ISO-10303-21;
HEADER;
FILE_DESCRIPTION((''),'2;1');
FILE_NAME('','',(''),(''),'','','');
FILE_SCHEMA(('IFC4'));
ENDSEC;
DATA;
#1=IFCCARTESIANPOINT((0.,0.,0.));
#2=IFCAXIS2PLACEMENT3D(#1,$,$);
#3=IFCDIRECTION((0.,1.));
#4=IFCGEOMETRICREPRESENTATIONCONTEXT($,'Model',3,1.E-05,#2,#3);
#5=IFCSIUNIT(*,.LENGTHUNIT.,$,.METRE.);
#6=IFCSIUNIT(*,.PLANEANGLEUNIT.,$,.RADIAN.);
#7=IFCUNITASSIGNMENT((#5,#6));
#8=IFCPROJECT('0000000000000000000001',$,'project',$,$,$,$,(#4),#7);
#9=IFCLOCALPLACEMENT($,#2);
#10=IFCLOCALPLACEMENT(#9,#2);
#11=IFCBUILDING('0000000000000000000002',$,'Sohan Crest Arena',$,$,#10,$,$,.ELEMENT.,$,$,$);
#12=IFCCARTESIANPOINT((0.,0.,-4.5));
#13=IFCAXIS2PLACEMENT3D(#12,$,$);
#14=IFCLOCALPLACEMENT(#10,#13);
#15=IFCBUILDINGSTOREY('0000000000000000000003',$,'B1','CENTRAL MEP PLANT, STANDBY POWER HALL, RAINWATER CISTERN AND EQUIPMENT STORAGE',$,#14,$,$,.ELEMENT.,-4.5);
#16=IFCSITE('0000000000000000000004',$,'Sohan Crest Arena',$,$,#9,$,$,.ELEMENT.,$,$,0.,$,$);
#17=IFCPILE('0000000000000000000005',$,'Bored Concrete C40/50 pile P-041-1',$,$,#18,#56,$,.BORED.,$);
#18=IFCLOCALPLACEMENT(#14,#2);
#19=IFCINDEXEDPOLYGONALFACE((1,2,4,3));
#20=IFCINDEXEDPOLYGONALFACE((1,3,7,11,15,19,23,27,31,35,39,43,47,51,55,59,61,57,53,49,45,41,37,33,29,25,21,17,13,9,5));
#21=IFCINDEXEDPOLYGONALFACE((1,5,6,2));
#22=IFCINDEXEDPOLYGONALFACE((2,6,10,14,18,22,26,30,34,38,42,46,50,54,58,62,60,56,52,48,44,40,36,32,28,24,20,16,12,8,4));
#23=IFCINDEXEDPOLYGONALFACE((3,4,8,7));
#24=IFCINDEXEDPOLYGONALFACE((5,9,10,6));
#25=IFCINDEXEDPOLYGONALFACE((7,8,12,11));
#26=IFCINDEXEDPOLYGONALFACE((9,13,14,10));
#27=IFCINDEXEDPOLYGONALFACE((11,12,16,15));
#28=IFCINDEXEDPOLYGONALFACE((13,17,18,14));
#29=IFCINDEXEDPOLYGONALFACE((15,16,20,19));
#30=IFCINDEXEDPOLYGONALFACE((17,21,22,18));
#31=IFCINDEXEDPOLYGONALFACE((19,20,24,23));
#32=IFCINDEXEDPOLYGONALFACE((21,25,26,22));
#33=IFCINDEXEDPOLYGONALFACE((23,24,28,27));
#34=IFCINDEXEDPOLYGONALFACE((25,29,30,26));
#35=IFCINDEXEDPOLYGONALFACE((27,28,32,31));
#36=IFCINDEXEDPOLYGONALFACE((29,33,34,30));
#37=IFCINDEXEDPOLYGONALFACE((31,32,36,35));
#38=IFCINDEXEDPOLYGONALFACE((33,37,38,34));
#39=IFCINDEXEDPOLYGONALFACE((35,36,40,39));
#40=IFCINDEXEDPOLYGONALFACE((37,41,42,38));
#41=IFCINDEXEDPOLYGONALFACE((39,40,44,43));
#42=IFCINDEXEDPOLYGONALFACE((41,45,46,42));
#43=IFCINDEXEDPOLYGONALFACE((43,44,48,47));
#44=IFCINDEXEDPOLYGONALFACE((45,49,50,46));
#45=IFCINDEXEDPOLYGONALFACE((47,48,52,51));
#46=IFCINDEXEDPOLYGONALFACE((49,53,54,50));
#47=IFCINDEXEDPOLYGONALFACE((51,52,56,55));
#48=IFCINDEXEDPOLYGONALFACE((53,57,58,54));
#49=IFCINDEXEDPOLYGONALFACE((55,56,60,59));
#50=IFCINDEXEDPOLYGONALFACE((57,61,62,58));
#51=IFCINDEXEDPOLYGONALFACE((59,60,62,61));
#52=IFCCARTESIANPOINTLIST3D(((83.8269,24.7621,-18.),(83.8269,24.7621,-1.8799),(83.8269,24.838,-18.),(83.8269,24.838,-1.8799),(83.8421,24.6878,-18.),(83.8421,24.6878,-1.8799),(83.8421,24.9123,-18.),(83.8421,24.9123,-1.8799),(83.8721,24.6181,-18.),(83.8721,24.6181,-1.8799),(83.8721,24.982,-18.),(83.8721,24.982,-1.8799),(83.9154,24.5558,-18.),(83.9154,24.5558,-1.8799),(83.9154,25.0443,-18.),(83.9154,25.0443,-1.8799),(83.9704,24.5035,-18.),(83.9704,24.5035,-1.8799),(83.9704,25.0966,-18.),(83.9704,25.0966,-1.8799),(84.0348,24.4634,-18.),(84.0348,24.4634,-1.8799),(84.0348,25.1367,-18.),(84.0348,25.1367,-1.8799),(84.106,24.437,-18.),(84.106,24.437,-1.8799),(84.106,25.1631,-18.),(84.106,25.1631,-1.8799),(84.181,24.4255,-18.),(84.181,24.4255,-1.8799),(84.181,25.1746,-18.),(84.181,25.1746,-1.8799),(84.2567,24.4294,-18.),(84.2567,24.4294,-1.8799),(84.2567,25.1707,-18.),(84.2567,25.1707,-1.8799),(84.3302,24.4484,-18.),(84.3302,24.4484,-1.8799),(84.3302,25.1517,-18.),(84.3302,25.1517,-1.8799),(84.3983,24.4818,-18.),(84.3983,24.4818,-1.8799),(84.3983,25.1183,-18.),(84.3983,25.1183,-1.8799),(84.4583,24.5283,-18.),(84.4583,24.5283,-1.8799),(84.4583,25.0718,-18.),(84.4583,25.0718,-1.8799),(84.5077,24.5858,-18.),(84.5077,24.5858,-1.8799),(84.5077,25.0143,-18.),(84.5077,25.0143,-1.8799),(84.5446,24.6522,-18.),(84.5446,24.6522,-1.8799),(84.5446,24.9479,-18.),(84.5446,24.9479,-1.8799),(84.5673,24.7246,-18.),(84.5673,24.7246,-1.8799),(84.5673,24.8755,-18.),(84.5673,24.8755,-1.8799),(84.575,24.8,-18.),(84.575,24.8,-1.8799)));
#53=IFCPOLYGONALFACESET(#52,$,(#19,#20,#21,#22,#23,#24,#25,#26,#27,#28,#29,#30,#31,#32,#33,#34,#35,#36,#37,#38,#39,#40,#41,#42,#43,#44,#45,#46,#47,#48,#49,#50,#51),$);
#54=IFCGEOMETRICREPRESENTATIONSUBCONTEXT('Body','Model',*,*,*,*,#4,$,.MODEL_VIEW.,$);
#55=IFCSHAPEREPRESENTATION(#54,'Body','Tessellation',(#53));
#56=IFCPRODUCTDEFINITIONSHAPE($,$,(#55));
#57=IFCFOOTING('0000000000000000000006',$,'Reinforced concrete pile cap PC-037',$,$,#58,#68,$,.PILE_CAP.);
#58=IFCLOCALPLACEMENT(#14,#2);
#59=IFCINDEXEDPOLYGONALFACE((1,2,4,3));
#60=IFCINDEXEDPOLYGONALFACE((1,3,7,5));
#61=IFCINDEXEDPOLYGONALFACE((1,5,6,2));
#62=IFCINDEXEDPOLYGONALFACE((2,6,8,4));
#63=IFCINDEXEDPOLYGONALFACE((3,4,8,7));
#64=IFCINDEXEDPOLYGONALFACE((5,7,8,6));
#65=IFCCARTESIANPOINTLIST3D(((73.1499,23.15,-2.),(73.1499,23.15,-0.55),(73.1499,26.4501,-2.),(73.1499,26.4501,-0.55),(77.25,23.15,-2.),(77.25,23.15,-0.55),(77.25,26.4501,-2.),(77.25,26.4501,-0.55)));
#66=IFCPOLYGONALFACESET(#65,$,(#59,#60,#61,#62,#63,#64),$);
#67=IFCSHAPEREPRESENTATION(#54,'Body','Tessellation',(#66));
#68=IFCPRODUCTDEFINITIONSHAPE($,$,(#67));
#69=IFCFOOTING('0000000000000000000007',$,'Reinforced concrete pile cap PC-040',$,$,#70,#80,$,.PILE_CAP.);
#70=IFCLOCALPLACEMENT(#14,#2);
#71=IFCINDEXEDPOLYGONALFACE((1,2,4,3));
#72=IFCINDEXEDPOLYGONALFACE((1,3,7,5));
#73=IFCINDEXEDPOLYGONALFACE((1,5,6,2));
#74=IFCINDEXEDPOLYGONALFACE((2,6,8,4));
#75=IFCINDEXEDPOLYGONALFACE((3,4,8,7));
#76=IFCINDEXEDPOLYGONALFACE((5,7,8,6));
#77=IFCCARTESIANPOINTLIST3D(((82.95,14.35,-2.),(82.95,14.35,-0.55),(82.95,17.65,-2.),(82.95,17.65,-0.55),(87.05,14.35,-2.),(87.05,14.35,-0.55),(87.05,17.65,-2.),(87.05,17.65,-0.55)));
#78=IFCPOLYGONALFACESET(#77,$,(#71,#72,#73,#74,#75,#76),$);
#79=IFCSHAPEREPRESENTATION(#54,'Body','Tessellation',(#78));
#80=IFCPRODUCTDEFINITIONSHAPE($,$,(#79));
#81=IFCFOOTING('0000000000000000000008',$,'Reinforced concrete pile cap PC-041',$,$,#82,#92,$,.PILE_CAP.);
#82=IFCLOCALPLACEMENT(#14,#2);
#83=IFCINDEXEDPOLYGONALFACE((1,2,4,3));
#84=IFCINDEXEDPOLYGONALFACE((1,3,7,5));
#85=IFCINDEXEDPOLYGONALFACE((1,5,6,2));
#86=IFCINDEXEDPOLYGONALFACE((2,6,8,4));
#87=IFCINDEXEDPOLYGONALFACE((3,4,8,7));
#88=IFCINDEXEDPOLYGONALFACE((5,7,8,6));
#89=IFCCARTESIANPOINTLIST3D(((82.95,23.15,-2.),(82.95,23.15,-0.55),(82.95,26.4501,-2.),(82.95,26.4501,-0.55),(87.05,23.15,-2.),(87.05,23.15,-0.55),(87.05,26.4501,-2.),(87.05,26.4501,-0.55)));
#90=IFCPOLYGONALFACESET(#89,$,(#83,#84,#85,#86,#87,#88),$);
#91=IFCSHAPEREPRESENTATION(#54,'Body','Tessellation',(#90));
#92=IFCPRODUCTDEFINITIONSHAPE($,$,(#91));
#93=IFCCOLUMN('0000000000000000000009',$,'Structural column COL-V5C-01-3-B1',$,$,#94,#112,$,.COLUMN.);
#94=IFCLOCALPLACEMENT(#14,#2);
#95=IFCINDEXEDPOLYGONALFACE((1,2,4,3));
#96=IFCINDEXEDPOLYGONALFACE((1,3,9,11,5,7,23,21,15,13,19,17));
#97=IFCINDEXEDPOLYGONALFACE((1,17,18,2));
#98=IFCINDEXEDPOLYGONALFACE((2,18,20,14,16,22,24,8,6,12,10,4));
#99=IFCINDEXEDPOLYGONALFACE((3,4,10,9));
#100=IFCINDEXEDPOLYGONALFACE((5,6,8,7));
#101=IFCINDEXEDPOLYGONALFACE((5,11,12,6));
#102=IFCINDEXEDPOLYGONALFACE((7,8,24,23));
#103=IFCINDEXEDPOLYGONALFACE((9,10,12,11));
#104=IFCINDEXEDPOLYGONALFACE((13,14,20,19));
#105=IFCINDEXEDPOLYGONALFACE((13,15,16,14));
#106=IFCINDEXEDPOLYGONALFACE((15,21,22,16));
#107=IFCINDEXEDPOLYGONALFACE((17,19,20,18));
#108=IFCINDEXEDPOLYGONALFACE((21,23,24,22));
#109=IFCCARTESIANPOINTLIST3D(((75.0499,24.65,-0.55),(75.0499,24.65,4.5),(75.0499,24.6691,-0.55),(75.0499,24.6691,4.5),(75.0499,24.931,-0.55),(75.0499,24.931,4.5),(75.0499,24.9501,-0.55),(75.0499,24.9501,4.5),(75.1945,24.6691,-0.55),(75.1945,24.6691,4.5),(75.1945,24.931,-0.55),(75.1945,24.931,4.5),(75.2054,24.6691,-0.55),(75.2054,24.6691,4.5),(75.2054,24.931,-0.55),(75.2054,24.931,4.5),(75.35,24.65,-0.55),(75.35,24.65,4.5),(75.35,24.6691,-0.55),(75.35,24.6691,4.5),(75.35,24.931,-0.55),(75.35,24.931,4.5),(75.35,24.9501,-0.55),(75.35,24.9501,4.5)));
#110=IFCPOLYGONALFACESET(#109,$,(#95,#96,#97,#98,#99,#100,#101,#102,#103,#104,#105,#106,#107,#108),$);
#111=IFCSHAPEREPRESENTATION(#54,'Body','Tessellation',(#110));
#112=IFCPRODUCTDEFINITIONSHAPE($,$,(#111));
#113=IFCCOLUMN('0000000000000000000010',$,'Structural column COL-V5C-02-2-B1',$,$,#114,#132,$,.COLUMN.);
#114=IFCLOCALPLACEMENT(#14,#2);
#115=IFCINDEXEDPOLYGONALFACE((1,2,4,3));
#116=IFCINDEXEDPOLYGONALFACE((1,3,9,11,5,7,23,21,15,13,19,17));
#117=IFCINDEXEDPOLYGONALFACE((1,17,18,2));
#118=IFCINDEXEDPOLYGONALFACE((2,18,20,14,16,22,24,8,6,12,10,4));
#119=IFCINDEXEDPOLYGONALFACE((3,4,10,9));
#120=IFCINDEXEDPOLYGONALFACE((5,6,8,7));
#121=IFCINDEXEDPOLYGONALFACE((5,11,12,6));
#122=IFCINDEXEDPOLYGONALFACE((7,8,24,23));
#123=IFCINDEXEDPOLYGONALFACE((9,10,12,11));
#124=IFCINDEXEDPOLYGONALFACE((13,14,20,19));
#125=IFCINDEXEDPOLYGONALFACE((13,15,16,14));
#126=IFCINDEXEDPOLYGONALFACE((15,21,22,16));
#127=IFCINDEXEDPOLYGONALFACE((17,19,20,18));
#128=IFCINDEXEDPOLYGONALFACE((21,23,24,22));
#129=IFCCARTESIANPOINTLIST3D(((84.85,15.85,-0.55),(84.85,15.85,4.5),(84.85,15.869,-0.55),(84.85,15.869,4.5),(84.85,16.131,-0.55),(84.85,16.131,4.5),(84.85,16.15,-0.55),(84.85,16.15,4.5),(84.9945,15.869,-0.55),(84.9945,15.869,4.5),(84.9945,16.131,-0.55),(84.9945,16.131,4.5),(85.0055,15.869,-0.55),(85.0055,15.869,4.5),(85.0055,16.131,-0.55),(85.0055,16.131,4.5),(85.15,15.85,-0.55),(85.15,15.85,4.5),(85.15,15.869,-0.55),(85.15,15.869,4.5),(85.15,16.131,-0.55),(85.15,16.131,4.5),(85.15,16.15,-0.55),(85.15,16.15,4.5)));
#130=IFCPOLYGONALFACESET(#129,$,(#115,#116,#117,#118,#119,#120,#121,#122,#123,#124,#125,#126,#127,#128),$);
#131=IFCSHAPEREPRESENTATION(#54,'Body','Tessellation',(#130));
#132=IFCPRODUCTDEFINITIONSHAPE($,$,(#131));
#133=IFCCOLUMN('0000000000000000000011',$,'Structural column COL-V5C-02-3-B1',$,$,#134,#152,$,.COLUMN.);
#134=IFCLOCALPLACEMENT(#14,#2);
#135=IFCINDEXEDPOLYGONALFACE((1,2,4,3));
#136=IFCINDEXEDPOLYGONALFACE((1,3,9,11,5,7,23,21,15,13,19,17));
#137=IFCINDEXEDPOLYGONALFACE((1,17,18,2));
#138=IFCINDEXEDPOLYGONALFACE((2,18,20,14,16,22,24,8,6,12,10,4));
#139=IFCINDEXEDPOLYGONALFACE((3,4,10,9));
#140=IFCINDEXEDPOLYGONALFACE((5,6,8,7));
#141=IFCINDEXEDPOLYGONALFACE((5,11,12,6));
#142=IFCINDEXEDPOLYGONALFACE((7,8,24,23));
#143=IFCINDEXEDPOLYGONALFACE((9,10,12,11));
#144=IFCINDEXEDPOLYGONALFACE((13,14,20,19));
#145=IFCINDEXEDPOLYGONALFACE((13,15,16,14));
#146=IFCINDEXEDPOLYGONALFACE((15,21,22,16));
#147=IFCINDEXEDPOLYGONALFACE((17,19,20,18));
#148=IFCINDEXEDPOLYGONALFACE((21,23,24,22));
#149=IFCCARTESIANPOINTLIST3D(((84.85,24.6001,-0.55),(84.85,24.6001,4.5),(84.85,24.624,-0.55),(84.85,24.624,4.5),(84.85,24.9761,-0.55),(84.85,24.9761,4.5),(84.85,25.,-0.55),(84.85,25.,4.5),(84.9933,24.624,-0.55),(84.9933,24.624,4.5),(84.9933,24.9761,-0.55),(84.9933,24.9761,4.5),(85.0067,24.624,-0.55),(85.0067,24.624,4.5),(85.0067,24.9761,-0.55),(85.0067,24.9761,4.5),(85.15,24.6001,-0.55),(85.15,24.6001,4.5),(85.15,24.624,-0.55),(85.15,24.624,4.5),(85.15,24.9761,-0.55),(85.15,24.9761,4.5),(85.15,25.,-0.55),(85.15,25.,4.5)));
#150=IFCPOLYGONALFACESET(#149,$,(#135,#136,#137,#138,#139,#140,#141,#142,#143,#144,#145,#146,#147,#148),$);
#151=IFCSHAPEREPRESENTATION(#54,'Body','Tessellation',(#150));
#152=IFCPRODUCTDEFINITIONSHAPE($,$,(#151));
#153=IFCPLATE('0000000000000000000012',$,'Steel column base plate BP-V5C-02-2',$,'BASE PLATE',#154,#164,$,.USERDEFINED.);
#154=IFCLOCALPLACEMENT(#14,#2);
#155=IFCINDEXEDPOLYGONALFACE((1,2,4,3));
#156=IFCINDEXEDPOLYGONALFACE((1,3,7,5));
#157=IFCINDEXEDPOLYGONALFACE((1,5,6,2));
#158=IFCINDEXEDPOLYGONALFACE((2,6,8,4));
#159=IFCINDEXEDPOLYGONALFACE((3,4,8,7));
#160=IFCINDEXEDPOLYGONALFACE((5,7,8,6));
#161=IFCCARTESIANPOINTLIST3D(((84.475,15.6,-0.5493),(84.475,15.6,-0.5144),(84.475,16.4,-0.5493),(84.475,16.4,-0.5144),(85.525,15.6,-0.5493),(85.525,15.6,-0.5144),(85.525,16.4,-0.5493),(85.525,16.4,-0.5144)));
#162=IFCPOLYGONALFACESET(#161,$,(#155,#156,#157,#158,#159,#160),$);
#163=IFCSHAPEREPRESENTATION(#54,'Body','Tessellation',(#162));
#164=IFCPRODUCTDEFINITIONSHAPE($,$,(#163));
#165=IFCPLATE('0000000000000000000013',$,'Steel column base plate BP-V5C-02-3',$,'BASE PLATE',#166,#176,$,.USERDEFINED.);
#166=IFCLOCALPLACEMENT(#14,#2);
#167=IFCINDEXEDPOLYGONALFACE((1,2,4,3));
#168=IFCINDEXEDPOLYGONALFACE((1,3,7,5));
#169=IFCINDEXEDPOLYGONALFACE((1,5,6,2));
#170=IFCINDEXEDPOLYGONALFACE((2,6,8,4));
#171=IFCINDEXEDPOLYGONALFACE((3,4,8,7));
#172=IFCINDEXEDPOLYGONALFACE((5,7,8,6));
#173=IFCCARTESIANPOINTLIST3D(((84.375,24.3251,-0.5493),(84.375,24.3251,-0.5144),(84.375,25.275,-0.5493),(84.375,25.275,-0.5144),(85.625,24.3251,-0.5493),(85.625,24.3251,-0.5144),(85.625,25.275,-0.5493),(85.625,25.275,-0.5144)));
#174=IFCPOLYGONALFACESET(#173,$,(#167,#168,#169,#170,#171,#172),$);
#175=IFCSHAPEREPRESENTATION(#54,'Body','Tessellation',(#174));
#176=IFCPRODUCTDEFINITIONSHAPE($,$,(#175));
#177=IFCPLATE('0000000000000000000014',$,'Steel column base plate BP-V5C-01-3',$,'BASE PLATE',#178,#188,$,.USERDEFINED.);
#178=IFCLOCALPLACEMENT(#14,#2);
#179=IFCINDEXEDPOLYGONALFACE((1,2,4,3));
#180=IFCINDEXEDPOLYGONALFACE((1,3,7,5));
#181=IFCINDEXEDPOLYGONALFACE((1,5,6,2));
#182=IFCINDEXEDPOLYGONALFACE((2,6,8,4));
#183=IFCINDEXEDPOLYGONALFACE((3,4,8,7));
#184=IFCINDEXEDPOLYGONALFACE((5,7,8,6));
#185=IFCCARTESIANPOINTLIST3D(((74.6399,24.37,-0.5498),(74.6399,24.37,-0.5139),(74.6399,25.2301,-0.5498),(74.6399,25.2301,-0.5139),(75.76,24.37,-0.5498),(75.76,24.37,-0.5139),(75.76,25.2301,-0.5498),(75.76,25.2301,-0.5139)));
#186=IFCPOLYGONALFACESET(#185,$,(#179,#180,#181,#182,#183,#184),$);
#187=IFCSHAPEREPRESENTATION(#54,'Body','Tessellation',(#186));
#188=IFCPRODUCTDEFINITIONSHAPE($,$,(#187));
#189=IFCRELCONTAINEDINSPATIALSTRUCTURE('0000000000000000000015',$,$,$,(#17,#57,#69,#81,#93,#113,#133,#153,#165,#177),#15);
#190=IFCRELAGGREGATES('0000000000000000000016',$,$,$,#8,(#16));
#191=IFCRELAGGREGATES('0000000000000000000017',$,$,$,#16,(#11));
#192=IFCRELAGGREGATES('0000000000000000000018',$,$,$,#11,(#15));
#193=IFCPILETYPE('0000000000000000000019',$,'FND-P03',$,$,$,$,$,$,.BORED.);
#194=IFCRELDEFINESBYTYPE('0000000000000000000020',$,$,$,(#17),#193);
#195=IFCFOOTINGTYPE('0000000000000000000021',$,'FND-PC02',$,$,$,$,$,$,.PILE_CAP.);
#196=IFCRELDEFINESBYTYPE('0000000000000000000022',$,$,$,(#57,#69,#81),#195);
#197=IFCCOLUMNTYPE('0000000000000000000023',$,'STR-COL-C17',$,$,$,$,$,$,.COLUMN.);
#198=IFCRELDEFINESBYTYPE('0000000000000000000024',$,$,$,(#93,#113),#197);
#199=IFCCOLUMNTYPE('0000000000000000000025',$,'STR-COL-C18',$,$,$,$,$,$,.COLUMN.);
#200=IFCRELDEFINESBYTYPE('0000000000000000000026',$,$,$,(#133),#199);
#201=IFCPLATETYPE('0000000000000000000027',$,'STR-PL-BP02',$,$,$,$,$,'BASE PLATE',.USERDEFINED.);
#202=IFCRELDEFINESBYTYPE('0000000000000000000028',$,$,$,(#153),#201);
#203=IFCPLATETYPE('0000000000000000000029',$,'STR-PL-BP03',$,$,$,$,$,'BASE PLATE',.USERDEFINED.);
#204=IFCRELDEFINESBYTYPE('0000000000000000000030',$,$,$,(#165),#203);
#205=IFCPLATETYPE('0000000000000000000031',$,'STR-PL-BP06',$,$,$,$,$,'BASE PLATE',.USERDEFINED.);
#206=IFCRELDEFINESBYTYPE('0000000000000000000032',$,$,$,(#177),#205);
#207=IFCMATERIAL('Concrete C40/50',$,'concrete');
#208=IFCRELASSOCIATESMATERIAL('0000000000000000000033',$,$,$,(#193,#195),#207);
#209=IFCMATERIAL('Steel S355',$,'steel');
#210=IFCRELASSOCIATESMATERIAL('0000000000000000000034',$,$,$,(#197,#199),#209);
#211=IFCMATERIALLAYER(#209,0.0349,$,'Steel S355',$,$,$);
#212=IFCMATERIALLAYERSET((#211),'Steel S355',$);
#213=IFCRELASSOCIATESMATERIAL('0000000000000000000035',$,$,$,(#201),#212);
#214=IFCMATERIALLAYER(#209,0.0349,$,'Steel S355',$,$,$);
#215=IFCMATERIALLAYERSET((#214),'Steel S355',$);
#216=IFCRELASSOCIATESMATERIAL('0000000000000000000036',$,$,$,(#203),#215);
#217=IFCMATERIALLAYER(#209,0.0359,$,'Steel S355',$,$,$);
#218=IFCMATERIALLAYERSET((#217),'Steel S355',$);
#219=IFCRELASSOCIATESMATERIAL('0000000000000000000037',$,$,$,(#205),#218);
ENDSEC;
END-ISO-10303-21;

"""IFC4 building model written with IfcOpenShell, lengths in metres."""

from ifc_helpers import new_model, si_unit, direction, frame, origin, origin_2d, place, context, subcontext, project, spatial, rectangle, circle, i_section, extrude, material, layer, layer_set, material_profile, profile_set, type_object, element, save


model = new_model("IFC4")

# Units and contexts
model_context = context("Model", 3, precision=1e-05, world=origin(), true_north=direction((0.0, 1.0)))
body_context = subcontext(model_context, "Body", "Model", "MODEL_VIEW")
ifc_project = project(units=[si_unit("LENGTHUNIT", "METRE"), si_unit("PLANEANGLEUNIT", "RADIAN")], contexts=[model_context])

# Site, building, storey
site_placement = place(None, origin())
site = spatial("IfcSite", under=ifc_project, at=site_placement, Name="Sohan Crest Arena", CompositionType="ELEMENT", RefElevation=0.0)
building_placement = place(site_placement, origin())
building = spatial("IfcBuilding", under=site, at=building_placement, Name="Sohan Crest Arena", CompositionType="ELEMENT")
storey_placement = place(building_placement, frame((0.0, 0.0, -4.5)))
storey = spatial("IfcBuildingStorey", under=building, at=storey_placement, Name="B1", Description="CENTRAL MEP PLANT, STANDBY POWER HALL, RAINWATER CISTERN AND EQUIPMENT STORAGE", CompositionType="ELEMENT", Elevation=-4.5)

# Shared definitions
ifc_material_1 = material(Name="Concrete C40/50", Category="concrete")

# Pile
ifc_material_profile_1 = material_profile(ifc_material_1, circle(Radius=0.375, at=origin_2d()), Name="PILE D750")
ifc_profile_set_1 = profile_set([ifc_material_profile_1], Name="Concrete C40/50")
pile_type = type_object("IfcPileType", Name="FND-P03", PredefinedType="BORED", material=ifc_profile_set_1)
for number, where, z_axis, x_axis, name in (
    (1, (84.2, 24.8, -18.0), (0.0, 0.0, 1.0), (1.0, 0.0, 0.0), "Bored Concrete C40/50 pile P-041-1"),
):
    element("IfcPile", number, at=place(storey_placement, frame(where, z_axis=z_axis, x_axis=x_axis)), inside=storey, type_object=pile_type, Name=name, PredefinedType="BORED", context=body_context, shape_type="SweptSolid", body=[
        extrude(circle(Radius=0.375, at=origin_2d()), origin(), (0.0, 0.0, 1.0), 16.1201),
    ])

# Footings
footing_type_1 = type_object("IfcFootingType", Name="FND-PC02", PredefinedType="PILE_CAP", material=ifc_material_1)
for number, where, z_axis, x_axis, name in (
    (2, (75.2, 24.8, -2.0), (0.0, 0.0, 1.0), (1.0, 0.0, 0.0), "Reinforced concrete pile cap PC-037"),
    (3, (85.0, 16.0, -2.0), (0.0, 0.0, 1.0), (1.0, 0.0, 0.0), "Reinforced concrete pile cap PC-040"),
    (4, (85.0, 24.8, -2.0), (0.0, 0.0, 1.0), (1.0, 0.0, 0.0), "Reinforced concrete pile cap PC-041"),
):
    element("IfcFooting", number, at=place(storey_placement, frame(where, z_axis=z_axis, x_axis=x_axis)), inside=storey, type_object=footing_type_1, Name=name, PredefinedType="PILE_CAP", context=body_context, shape_type="SweptSolid", body=[
        extrude(rectangle(XDim=4.1001, YDim=3.3, at=origin_2d()), origin(), (0.0, 0.0, 1.0), 1.45),
    ])

# Columns
ifc_material_2 = material(Name="Steel S355", Category="steel")
ifc_material_profile_2 = material_profile(ifc_material_2, i_section(OverallWidth=0.3, OverallDepth=0.3, WebThickness=0.011, FlangeThickness=0.019, at=origin_2d()), Name="HEB 300")
ifc_profile_set_2 = profile_set([ifc_material_profile_2], Name="Steel S355")
column_type_1 = type_object("IfcColumnType", Name="STR-COL-C17", PredefinedType="COLUMN", material=ifc_profile_set_2)
for number, where, z_axis, x_axis, name in (
    (5, (75.2, 24.8, -0.55), (0.0, 0.0, 1.0), (1.0, 0.0, 0.0), "Structural column COL-V5C-01-3-B1"),
    (6, (85.0, 16.0, -0.55), (0.0, 0.0, 1.0), (1.0, 0.0, 0.0), "Structural column COL-V5C-02-2-B1"),
):
    element("IfcColumn", number, at=place(storey_placement, frame(where, z_axis=z_axis, x_axis=x_axis)), inside=storey, type_object=column_type_1, Name=name, PredefinedType="COLUMN", context=body_context, shape_type="SweptSolid", body=[
        extrude(i_section(OverallWidth=0.3, OverallDepth=0.3, WebThickness=0.011, FlangeThickness=0.019, at=origin_2d()), origin(), (0.0, 0.0, 1.0), 5.05),
    ])
ifc_material_profile_3 = material_profile(ifc_material_2, i_section(OverallWidth=0.3, OverallDepth=0.3999, WebThickness=0.0134, FlangeThickness=0.0239, at=origin_2d()), Name="HEB 400")
ifc_profile_set_3 = profile_set([ifc_material_profile_3], Name="Steel S355")
column_type_2 = type_object("IfcColumnType", Name="STR-COL-C18", PredefinedType="COLUMN", material=ifc_profile_set_3)
column_placement = place(storey_placement, frame((85.0, 24.8, -0.55), z_axis=(0.0, 0.0, 1.0), x_axis=(1.0, 0.0, 0.0)))
element("IfcColumn", 7, at=column_placement, inside=storey, type_object=column_type_2, Name="Structural column COL-V5C-02-3-B1", PredefinedType="COLUMN", context=body_context, shape_type="SweptSolid", body=[
    extrude(i_section(OverallWidth=0.3, OverallDepth=0.3999, WebThickness=0.0134, FlangeThickness=0.0239, at=origin_2d()), origin(), (0.0, 0.0, 1.0), 5.05),
])

# Plates
ifc_layer_1 = layer(ifc_material_2, 0.0349, Name="Steel S355")
ifc_layer_set_1 = layer_set([ifc_layer_1], Name="Steel S355")
plate_type_1 = type_object("IfcPlateType", Name="STR-PL-BP02", ElementType="BASE PLATE", PredefinedType="USERDEFINED", material=ifc_layer_set_1)
plate_1_placement = place(storey_placement, frame((85.0, 16.0, -0.5493), z_axis=(0.0, 0.0, 1.0), x_axis=(1.0, 0.0, 0.0)))
element("IfcPlate", 8, at=plate_1_placement, inside=storey, type_object=plate_type_1, Name="Steel column base plate BP-V5C-02-2", ObjectType="BASE PLATE", PredefinedType="USERDEFINED", context=body_context, shape_type="SweptSolid", body=[
    extrude(rectangle(XDim=1.05, YDim=0.8, at=origin_2d()), origin(), (0.0, 0.0, 1.0), 0.0349),
])
ifc_layer_2 = layer(ifc_material_2, 0.0349, Name="Steel S355")
ifc_layer_set_2 = layer_set([ifc_layer_2], Name="Steel S355")
plate_type_2 = type_object("IfcPlateType", Name="STR-PL-BP03", ElementType="BASE PLATE", PredefinedType="USERDEFINED", material=ifc_layer_set_2)
plate_2_placement = place(storey_placement, frame((85.0, 24.8, -0.5493), z_axis=(0.0, 0.0, 1.0), x_axis=(1.0, 0.0, 0.0)))
element("IfcPlate", 9, at=plate_2_placement, inside=storey, type_object=plate_type_2, Name="Steel column base plate BP-V5C-02-3", ObjectType="BASE PLATE", PredefinedType="USERDEFINED", context=body_context, shape_type="SweptSolid", body=[
    extrude(rectangle(XDim=1.25, YDim=0.95, at=origin_2d()), origin(), (0.0, 0.0, 1.0), 0.0349),
])
ifc_layer_3 = layer(ifc_material_2, 0.0359, Name="Steel S355")
ifc_layer_set_3 = layer_set([ifc_layer_3], Name="Steel S355")
plate_type_3 = type_object("IfcPlateType", Name="STR-PL-BP06", ElementType="BASE PLATE", PredefinedType="USERDEFINED", material=ifc_layer_set_3)
plate_3_placement = place(storey_placement, frame((75.2, 24.8, -0.5498), z_axis=(0.0, 0.0, 1.0), x_axis=(1.0, 0.0, 0.0)))
element("IfcPlate", 10, at=plate_3_placement, inside=storey, type_object=plate_type_3, Name="Steel column base plate BP-V5C-01-3", ObjectType="BASE PLATE", PredefinedType="USERDEFINED", context=body_context, shape_type="SweptSolid", body=[
    extrude(rectangle(XDim=1.1201, YDim=0.8601, at=origin_2d()), origin(), (0.0, 0.0, 1.0), 0.0359),
])

save(model, "model.ifc")
